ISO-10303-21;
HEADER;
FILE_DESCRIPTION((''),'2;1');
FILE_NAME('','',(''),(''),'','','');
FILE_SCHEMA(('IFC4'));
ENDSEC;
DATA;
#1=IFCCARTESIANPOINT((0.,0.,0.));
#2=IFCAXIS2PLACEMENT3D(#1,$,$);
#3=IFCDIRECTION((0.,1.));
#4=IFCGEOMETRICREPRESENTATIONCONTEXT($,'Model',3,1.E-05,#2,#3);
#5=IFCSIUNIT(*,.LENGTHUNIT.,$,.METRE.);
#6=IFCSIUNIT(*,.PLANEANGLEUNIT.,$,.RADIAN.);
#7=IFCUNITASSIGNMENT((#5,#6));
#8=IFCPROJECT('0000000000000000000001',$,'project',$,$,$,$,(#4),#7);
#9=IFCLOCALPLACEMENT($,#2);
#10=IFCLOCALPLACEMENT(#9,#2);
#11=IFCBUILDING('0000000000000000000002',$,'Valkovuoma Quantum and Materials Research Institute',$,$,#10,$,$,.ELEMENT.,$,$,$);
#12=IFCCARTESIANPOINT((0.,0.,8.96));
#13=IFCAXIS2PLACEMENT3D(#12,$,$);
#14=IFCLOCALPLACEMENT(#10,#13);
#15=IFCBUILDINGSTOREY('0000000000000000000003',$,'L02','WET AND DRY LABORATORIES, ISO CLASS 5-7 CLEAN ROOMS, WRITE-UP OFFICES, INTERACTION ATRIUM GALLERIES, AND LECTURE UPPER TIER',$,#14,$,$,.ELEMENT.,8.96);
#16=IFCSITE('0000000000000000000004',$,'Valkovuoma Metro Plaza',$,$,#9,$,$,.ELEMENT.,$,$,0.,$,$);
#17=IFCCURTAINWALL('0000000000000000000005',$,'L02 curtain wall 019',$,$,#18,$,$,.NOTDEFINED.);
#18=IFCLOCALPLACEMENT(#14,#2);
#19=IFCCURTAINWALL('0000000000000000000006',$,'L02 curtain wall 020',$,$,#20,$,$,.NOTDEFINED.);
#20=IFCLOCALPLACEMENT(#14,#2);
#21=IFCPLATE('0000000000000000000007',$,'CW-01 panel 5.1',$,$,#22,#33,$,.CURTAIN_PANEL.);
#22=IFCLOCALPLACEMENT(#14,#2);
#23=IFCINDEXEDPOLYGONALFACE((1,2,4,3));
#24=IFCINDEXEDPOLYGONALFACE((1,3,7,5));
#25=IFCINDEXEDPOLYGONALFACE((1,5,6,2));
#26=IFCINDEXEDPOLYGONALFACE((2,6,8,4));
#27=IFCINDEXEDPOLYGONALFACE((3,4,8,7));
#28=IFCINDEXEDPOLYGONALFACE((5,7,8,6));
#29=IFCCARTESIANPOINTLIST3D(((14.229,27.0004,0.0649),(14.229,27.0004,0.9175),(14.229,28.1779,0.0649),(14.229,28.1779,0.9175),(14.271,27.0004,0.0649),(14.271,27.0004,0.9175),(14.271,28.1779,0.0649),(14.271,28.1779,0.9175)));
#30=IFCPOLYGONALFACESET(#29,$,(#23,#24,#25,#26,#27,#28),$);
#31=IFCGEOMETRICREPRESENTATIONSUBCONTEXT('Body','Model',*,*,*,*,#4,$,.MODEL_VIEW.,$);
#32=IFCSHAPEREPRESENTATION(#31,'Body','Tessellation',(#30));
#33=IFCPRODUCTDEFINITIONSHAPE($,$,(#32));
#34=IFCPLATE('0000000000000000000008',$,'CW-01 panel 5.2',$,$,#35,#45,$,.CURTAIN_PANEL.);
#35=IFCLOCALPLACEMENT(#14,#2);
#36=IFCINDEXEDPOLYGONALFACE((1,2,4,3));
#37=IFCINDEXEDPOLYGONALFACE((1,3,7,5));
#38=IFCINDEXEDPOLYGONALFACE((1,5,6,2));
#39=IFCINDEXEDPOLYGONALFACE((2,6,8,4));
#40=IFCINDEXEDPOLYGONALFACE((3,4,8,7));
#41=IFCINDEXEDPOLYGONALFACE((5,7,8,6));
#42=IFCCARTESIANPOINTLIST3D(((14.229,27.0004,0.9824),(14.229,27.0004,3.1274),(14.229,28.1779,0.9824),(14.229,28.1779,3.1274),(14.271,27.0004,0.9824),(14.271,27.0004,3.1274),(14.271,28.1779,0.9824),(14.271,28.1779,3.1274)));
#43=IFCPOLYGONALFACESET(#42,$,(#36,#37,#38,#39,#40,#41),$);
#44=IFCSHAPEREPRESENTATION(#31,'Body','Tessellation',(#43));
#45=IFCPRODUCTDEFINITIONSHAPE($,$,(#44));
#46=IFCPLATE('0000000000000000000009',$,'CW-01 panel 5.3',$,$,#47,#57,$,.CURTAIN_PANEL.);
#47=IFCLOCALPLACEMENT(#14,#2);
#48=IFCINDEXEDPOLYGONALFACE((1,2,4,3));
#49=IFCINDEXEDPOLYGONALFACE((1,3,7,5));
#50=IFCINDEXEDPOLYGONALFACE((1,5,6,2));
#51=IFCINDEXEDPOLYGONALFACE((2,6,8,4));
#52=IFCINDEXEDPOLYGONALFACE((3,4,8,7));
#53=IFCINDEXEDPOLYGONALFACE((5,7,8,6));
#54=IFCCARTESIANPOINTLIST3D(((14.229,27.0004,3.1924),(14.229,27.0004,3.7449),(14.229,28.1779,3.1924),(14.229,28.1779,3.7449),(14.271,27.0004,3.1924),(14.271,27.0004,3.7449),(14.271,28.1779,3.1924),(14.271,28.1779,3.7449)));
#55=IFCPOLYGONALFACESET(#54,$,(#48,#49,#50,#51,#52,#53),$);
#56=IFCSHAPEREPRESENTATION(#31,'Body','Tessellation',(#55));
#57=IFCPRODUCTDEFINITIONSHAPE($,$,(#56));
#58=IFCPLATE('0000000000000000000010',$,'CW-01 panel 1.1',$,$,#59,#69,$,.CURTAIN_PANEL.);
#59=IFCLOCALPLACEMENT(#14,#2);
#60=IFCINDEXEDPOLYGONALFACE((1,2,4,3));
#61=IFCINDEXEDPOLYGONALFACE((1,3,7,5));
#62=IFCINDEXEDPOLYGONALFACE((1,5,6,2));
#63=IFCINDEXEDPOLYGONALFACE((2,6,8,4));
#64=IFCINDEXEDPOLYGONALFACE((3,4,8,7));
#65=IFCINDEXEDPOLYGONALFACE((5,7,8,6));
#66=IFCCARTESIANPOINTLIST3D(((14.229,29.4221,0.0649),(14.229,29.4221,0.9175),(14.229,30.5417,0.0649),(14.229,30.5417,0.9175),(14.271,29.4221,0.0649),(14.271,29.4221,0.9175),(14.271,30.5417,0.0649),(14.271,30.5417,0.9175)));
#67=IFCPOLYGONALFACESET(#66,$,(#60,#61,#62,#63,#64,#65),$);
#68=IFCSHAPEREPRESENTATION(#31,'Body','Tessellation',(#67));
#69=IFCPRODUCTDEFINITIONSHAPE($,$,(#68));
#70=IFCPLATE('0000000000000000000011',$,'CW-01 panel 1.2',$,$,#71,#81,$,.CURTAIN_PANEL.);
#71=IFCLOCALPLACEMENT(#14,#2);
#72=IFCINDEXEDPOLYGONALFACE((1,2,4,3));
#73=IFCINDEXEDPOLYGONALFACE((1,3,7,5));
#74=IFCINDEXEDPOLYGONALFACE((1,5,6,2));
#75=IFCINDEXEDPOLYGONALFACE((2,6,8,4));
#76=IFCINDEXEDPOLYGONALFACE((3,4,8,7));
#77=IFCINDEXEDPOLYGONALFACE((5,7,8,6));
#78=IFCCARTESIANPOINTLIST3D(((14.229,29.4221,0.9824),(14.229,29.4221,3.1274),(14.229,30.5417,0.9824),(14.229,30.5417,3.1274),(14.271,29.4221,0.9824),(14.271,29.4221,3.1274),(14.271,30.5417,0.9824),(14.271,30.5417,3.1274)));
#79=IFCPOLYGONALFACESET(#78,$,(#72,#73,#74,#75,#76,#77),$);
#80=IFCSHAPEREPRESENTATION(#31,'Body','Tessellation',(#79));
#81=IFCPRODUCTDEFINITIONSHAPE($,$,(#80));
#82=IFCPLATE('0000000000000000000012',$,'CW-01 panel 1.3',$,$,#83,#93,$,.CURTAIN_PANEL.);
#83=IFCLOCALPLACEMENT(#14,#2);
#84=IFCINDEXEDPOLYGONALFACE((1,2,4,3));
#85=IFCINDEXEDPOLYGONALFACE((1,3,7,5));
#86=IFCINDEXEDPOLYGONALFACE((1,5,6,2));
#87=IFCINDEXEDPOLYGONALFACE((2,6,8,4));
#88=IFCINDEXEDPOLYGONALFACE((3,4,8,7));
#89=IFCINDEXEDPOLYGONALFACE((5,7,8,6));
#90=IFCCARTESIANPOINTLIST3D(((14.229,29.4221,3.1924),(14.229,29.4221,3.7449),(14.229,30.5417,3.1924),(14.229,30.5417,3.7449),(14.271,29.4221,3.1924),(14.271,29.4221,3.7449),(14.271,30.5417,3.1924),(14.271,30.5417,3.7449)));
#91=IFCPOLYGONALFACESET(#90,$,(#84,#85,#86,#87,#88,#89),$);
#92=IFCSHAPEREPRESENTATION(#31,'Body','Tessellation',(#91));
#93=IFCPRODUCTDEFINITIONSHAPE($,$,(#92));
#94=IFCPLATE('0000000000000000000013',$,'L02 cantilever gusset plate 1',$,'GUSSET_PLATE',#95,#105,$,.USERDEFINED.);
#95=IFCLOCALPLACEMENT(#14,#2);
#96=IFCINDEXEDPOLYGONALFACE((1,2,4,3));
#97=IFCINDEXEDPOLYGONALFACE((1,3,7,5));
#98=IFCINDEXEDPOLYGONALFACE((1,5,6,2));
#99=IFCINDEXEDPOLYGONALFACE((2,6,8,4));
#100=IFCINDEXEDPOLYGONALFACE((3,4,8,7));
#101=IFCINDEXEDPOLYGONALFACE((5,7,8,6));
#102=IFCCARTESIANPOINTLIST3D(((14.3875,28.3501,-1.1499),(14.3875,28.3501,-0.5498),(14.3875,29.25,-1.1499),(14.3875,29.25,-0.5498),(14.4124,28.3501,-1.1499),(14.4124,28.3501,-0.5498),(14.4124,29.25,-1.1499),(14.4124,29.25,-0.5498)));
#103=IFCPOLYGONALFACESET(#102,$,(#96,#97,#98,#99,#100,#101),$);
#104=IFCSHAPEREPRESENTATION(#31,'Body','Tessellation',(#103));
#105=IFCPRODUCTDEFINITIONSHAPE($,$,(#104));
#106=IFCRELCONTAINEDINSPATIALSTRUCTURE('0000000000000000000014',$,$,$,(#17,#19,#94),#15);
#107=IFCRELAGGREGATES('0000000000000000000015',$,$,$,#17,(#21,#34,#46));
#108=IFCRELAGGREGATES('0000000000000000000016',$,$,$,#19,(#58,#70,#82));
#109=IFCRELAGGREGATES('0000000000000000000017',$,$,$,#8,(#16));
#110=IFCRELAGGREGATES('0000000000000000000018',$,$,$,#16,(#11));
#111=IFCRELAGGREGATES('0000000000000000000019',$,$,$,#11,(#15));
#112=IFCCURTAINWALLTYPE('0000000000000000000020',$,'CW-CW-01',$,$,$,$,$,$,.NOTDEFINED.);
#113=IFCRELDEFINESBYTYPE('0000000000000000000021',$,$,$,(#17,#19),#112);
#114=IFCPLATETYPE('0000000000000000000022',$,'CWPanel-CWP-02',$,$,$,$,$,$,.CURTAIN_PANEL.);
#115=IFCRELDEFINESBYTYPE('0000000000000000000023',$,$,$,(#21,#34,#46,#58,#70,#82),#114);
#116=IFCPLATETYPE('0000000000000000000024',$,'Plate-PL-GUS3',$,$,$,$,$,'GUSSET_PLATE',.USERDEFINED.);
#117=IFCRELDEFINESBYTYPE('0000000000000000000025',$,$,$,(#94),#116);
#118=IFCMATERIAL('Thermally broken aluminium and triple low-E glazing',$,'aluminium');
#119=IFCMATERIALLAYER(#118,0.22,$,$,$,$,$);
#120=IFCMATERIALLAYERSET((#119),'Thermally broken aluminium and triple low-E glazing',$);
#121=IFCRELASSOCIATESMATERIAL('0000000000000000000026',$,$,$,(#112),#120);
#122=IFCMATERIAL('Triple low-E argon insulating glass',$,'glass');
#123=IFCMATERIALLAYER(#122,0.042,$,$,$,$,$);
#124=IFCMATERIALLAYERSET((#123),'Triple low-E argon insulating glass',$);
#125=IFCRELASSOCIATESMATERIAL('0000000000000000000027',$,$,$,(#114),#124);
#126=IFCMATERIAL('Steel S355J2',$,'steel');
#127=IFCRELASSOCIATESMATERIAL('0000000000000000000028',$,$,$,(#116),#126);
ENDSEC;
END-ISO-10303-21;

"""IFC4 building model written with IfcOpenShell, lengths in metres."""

from ifc_helpers import new_model, si_unit, direction, frame, origin, origin_2d, place, context, subcontext, project, spatial, rectangle, extrude, material, layer, layer_set, type_object, element, aggregate, save


model = new_model("IFC4")

# Units and contexts
model_context = context("Model", 3, precision=1e-05, world=origin(), true_north=direction((0.0, 1.0)))
body_context = subcontext(model_context, "Body", "Model", "MODEL_VIEW")
ifc_project = project(units=[si_unit("LENGTHUNIT", "METRE"), si_unit("PLANEANGLEUNIT", "RADIAN")], contexts=[model_context])

# Site, building, storey
site_placement = place(None, origin())
site = spatial("IfcSite", under=ifc_project, at=site_placement, Name="Valkovuoma Metro Plaza", CompositionType="ELEMENT", RefElevation=0.0)
building_placement = place(site_placement, origin())
building = spatial("IfcBuilding", under=site, at=building_placement, Name="Valkovuoma Quantum and Materials Research Institute", CompositionType="ELEMENT")
storey_placement = place(building_placement, frame((0.0, 0.0, 8.96)))
storey = spatial("IfcBuildingStorey", under=building, at=storey_placement, Name="L02", Description="WET AND DRY LABORATORIES, ISO CLASS 5-7 CLEAN ROOMS, WRITE-UP OFFICES, INTERACTION ATRIUM GALLERIES, AND LECTURE UPPER TIER", CompositionType="ELEMENT", Elevation=8.96)

# Curtain walls
ifc_material_1 = material(Name="Thermally broken aluminium and triple low-E glazing", Category="aluminium")
ifc_layer_1 = layer(ifc_material_1, 0.22)
ifc_layer_set_1 = layer_set([ifc_layer_1], Name="Thermally broken aluminium and triple low-E glazing")
curtain_wall_type = type_object("IfcCurtainWallType", Name="CW-CW-01", PredefinedType="NOTDEFINED", material=ifc_layer_set_1)
curtain_wall_1_placement = place(storey_placement, origin())
curtain_wall_1 = element("IfcCurtainWall", 1, at=curtain_wall_1_placement, inside=storey, type_object=curtain_wall_type, Name="L02 curtain wall 019", PredefinedType="NOTDEFINED")
curtain_wall_2_placement = place(storey_placement, origin())
curtain_wall_2 = element("IfcCurtainWall", 2, at=curtain_wall_2_placement, inside=storey, type_object=curtain_wall_type, Name="L02 curtain wall 020", PredefinedType="NOTDEFINED")

# Plates
ifc_material_2 = material(Name="Triple low-E argon insulating glass", Category="glass")
ifc_layer_2 = layer(ifc_material_2, 0.042)
ifc_layer_set_2 = layer_set([ifc_layer_2], Name="Triple low-E argon insulating glass")
plate_type_1 = type_object("IfcPlateType", Name="CWPanel-CWP-02", PredefinedType="CURTAIN_PANEL", material=ifc_layer_set_2)
plate_1_placement = place(storey_placement, frame((14.25, 27.5891, 0.0649), z_axis=(0.0, 0.0, 1.0), x_axis=(0.0, 1.0, 0.0)))
plate_1 = element("IfcPlate", 3, at=plate_1_placement, type_object=plate_type_1, Name="CW-01 panel 5.1", PredefinedType="CURTAIN_PANEL", context=body_context, shape_type="SweptSolid", body=[
    extrude(rectangle(XDim=1.1775, YDim=0.042, at=origin_2d()), origin(), (0.0, 0.0, 1.0), 0.8525),
])
plate_2_placement = place(storey_placement, frame((14.25, 27.5891, 0.9824), z_axis=(0.0, 0.0, 1.0), x_axis=(0.0, 1.0, 0.0)))
plate_2 = element("IfcPlate", 4, at=plate_2_placement, type_object=plate_type_1, Name="CW-01 panel 5.2", PredefinedType="CURTAIN_PANEL", context=body_context, shape_type="SweptSolid", body=[
    extrude(rectangle(XDim=1.1775, YDim=0.042, at=origin_2d()), origin(), (0.0, 0.0, 1.0), 2.145),
])
plate_3_placement = place(storey_placement, frame((14.25, 27.5891, 3.1924), z_axis=(0.0, 0.0, 1.0), x_axis=(0.0, 1.0, 0.0)))
plate_3 = element("IfcPlate", 5, at=plate_3_placement, type_object=plate_type_1, Name="CW-01 panel 5.3", PredefinedType="CURTAIN_PANEL", context=body_context, shape_type="SweptSolid", body=[
    extrude(rectangle(XDim=1.1775, YDim=0.042, at=origin_2d()), origin(), (0.0, 0.0, 1.0), 0.5525),
])
aggregate(curtain_wall_1, [plate_1, plate_2, plate_3])
plate_4_placement = place(storey_placement, frame((14.25, 29.9819, 0.0649), z_axis=(0.0, 0.0, 1.0), x_axis=(0.0, 1.0, 0.0)))
plate_4 = element("IfcPlate", 6, at=plate_4_placement, type_object=plate_type_1, Name="CW-01 panel 1.1", PredefinedType="CURTAIN_PANEL", context=body_context, shape_type="SweptSolid", body=[
    extrude(rectangle(XDim=1.1196, YDim=0.042, at=origin_2d()), origin(), (0.0, 0.0, 1.0), 0.8525),
])
plate_5_placement = place(storey_placement, frame((14.25, 29.9819, 0.9824), z_axis=(0.0, 0.0, 1.0), x_axis=(0.0, 1.0, 0.0)))
plate_5 = element("IfcPlate", 7, at=plate_5_placement, type_object=plate_type_1, Name="CW-01 panel 1.2", PredefinedType="CURTAIN_PANEL", context=body_context, shape_type="SweptSolid", body=[
    extrude(rectangle(XDim=1.1196, YDim=0.042, at=origin_2d()), origin(), (0.0, 0.0, 1.0), 2.145),
])
plate_6_placement = place(storey_placement, frame((14.25, 29.9819, 3.1924), z_axis=(0.0, 0.0, 1.0), x_axis=(0.0, 1.0, 0.0)))
plate_6 = element("IfcPlate", 8, at=plate_6_placement, type_object=plate_type_1, Name="CW-01 panel 1.3", PredefinedType="CURTAIN_PANEL", context=body_context, shape_type="SweptSolid", body=[
    extrude(rectangle(XDim=1.1196, YDim=0.042, at=origin_2d()), origin(), (0.0, 0.0, 1.0), 0.5525),
])
aggregate(curtain_wall_2, [plate_4, plate_5, plate_6])
ifc_material_3 = material(Name="Steel S355J2", Category="steel")
plate_type_2 = type_object("IfcPlateType", Name="Plate-PL-GUS3", ElementType="GUSSET_PLATE", PredefinedType="USERDEFINED", material=ifc_material_3)
plate_7_placement = place(storey_placement, frame((14.3999, 28.8, -1.1499), z_axis=(0.0, 0.0, 1.0), x_axis=(0.0, 1.0, 0.0)))
element("IfcPlate", 9, at=plate_7_placement, inside=storey, type_object=plate_type_2, Name="L02 cantilever gusset plate 1", ObjectType="GUSSET_PLATE", PredefinedType="USERDEFINED", context=body_context, shape_type="SweptSolid", body=[
    extrude(rectangle(XDim=0.8999, YDim=0.0249, at=origin_2d()), origin(), (0.0, 0.0, 1.0), 0.6001),
])

save(model, "model.ifc")
